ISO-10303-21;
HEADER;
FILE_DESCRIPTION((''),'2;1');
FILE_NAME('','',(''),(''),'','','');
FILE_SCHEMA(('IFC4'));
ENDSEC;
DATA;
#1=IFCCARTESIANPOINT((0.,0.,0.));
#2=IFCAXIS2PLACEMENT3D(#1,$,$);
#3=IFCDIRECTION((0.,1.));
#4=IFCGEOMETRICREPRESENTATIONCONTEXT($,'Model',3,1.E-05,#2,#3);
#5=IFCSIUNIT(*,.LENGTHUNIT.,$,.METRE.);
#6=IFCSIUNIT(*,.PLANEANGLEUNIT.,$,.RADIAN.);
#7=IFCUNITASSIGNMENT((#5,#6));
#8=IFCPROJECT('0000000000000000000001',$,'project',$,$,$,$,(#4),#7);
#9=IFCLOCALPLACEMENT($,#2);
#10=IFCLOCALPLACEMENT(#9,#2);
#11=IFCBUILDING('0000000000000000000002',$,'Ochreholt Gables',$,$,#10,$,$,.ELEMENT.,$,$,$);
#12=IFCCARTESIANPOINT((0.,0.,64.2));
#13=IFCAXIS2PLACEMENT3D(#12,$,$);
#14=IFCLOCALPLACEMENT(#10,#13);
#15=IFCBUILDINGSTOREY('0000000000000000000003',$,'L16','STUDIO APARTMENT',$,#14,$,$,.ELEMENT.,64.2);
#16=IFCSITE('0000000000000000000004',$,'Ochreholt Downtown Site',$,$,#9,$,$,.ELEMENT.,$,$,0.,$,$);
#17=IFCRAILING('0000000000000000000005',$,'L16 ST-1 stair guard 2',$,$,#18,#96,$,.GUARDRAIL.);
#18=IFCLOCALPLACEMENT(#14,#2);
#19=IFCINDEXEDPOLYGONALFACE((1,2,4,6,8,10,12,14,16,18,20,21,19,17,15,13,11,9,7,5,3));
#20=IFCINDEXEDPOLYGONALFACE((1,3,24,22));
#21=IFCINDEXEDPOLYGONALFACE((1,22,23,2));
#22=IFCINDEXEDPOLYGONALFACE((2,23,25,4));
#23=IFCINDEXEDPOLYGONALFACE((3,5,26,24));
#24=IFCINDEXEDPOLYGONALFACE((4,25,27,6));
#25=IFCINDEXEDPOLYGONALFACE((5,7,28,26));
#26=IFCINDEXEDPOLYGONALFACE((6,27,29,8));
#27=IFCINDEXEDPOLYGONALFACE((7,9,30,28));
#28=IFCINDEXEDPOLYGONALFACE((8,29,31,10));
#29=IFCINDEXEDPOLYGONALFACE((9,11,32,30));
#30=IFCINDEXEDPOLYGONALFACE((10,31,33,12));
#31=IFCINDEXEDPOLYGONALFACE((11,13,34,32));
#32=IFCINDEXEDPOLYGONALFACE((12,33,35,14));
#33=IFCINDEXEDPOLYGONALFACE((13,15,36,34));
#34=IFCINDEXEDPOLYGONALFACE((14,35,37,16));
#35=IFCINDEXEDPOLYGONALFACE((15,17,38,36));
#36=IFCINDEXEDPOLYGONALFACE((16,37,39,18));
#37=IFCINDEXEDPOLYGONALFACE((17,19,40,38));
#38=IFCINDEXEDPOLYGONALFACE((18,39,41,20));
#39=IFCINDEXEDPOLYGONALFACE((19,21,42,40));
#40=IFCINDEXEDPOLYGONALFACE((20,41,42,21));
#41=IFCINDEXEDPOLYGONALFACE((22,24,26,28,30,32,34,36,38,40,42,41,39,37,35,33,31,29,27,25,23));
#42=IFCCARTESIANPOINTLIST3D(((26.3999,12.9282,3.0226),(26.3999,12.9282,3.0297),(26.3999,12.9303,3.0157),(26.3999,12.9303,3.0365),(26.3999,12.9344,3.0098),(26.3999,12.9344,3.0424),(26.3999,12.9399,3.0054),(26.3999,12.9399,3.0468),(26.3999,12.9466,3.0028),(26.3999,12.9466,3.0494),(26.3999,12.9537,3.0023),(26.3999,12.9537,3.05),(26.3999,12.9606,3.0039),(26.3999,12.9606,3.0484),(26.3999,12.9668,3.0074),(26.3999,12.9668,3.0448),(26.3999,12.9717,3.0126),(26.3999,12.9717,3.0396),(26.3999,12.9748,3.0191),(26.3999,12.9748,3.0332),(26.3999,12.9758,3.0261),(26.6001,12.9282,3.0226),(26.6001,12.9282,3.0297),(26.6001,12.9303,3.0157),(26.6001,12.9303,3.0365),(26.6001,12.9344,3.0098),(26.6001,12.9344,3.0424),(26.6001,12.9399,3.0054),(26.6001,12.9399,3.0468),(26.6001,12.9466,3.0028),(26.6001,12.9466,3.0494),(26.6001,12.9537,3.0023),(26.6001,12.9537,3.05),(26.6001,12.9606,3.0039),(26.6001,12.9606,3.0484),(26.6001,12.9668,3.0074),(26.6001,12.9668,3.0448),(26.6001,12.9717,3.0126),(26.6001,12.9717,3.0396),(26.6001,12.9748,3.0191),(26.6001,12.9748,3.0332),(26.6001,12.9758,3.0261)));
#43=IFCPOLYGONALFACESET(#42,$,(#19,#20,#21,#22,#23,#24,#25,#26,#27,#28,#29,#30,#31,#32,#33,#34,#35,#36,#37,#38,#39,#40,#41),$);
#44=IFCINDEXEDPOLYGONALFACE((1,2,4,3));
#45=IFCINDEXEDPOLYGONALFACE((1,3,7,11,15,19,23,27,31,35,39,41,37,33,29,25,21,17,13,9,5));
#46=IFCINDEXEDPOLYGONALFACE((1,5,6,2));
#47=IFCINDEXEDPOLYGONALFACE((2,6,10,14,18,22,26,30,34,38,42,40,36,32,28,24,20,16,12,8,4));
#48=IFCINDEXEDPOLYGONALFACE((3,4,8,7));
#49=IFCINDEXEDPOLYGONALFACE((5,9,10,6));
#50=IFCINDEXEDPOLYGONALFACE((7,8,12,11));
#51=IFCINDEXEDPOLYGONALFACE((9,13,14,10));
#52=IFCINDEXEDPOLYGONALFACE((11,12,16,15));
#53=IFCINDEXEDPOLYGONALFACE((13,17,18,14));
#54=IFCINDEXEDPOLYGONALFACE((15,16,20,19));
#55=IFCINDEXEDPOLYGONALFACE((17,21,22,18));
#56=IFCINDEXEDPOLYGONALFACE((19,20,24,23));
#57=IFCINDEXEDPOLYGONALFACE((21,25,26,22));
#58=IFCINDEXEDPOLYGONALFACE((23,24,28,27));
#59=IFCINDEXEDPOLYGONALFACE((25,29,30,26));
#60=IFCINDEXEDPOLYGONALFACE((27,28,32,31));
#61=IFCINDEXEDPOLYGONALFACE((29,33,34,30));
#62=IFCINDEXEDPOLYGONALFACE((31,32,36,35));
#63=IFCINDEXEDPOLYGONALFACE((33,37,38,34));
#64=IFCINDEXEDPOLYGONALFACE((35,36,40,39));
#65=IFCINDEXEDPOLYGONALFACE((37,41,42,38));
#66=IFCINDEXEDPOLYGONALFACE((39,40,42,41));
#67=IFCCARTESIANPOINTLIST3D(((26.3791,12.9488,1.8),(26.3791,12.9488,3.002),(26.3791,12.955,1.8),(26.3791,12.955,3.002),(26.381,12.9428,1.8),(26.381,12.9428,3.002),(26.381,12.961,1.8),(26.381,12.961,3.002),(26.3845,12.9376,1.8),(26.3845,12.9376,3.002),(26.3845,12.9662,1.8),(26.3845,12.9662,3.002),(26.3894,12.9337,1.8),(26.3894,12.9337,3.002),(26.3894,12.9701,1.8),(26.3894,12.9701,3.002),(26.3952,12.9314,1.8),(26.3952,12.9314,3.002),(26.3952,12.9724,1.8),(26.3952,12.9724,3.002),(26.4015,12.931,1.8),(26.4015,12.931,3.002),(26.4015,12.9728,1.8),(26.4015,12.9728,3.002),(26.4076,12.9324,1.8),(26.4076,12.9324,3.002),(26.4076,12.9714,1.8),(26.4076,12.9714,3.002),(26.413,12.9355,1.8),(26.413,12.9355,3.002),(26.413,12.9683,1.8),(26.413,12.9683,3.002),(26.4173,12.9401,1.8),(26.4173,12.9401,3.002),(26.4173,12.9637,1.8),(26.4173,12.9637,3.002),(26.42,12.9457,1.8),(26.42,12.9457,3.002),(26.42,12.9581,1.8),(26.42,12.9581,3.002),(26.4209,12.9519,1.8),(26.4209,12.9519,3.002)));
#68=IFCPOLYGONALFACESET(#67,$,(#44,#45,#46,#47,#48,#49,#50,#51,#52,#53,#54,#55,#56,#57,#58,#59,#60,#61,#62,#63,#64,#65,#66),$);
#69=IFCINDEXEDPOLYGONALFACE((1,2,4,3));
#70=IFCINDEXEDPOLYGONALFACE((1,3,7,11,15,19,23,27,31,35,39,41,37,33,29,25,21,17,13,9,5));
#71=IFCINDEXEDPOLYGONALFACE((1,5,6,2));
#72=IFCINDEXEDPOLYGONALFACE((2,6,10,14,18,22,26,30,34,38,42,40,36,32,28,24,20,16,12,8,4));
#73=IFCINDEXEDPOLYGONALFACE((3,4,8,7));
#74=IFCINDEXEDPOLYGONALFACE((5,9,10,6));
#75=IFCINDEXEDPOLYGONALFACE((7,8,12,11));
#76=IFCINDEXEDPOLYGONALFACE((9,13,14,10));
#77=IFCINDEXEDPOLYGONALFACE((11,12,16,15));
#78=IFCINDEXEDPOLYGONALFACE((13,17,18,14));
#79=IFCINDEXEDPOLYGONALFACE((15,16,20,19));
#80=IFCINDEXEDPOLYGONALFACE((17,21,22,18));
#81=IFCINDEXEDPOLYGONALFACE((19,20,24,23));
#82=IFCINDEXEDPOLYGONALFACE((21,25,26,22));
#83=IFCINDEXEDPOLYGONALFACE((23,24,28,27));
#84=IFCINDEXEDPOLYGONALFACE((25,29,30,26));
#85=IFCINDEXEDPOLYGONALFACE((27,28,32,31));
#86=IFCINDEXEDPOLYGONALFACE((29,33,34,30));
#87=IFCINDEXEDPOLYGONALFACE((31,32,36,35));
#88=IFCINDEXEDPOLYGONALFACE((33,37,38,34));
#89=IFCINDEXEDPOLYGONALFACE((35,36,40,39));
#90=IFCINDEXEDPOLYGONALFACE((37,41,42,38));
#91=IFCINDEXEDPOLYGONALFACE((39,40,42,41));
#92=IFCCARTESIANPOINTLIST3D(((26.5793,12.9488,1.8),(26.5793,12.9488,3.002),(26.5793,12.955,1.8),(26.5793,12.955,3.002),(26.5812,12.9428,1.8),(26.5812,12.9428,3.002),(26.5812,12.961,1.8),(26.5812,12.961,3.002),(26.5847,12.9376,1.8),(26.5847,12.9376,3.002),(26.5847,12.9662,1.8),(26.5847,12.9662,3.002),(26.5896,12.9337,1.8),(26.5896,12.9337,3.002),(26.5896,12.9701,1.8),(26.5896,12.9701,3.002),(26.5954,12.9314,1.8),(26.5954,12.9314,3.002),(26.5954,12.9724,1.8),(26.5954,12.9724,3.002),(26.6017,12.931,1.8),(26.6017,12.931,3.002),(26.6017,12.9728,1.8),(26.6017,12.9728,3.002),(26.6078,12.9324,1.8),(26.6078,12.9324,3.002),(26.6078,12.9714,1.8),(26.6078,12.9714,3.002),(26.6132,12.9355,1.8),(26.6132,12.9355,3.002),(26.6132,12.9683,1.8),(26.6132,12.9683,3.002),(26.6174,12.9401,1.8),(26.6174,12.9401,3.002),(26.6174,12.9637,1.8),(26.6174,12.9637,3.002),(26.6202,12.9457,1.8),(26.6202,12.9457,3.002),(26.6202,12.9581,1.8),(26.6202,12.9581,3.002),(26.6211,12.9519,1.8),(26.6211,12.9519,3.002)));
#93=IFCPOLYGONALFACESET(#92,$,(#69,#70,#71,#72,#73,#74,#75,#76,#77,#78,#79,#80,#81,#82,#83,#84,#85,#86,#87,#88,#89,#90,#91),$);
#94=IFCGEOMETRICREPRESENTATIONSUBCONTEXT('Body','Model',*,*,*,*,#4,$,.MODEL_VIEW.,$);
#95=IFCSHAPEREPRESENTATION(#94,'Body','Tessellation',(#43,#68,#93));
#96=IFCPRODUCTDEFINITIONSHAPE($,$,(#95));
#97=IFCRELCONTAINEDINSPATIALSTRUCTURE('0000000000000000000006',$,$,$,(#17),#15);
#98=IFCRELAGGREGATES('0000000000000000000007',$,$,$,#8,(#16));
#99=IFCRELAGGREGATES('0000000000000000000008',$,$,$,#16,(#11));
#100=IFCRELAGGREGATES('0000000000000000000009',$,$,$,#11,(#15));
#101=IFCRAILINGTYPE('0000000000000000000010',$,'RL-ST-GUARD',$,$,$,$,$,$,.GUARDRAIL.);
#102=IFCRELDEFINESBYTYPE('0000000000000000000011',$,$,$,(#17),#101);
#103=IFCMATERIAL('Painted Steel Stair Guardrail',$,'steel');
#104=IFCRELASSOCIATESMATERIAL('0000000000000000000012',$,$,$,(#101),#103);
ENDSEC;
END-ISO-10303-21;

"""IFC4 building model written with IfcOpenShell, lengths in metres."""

from ifc_helpers import new_model, si_unit, direction, frame, origin, origin_2d, place, context, subcontext, project, spatial, circle, extrude, material, type_object, element, save


model = new_model("IFC4")

# Units and contexts
model_context = context("Model", 3, precision=1e-05, world=origin(), true_north=direction((0.0, 1.0)))
body_context = subcontext(model_context, "Body", "Model", "MODEL_VIEW")
ifc_project = project(units=[si_unit("LENGTHUNIT", "METRE"), si_unit("PLANEANGLEUNIT", "RADIAN")], contexts=[model_context])

# Site, building, storey
site_placement = place(None, origin())
site = spatial("IfcSite", under=ifc_project, at=site_placement, Name="Ochreholt Downtown Site", CompositionType="ELEMENT", RefElevation=0.0)
building_placement = place(site_placement, origin())
building = spatial("IfcBuilding", under=site, at=building_placement, Name="Ochreholt Gables", CompositionType="ELEMENT")
storey_placement = place(building_placement, frame((0.0, 0.0, 64.2)))
storey = spatial("IfcBuildingStorey", under=building, at=storey_placement, Name="L16", Description="STUDIO APARTMENT", CompositionType="ELEMENT", Elevation=64.2)

# Railing
ifc_material_1 = material(Name="Painted Steel Stair Guardrail", Category="steel")
railing_type_1 = type_object("IfcRailingType", Name="RL-ST-GUARD", PredefinedType="GUARDRAIL", material=ifc_material_1)
railing_1_placement = place(storey_placement, frame((26.3999, 12.9519, 1.8)))
element("IfcRailing", 1, at=railing_1_placement, inside=storey, type_object=railing_type_1, Name="L16 ST-1 stair guard 2", PredefinedType="GUARDRAIL", context=body_context, shape_type="SweptSolid", body=[
    extrude(circle(Radius=0.0239, at=origin_2d()), frame((0.0, 0.0, 1.2261), z_axis=(1.0, 0.0, 0.0), x_axis=(0.0, 1.0, 0.0)), (0.0, 0.0, 1.0), 0.2002),
    extrude(circle(Radius=0.021, at=origin_2d()), origin(), (0.0, 0.0, 1.0), 1.2019),
    extrude(circle(Radius=0.021, at=origin_2d()), frame((0.2002, 0.0, 0.0)), (0.0, 0.0, 1.0), 1.2019),
])

save(model, "model.ifc")
